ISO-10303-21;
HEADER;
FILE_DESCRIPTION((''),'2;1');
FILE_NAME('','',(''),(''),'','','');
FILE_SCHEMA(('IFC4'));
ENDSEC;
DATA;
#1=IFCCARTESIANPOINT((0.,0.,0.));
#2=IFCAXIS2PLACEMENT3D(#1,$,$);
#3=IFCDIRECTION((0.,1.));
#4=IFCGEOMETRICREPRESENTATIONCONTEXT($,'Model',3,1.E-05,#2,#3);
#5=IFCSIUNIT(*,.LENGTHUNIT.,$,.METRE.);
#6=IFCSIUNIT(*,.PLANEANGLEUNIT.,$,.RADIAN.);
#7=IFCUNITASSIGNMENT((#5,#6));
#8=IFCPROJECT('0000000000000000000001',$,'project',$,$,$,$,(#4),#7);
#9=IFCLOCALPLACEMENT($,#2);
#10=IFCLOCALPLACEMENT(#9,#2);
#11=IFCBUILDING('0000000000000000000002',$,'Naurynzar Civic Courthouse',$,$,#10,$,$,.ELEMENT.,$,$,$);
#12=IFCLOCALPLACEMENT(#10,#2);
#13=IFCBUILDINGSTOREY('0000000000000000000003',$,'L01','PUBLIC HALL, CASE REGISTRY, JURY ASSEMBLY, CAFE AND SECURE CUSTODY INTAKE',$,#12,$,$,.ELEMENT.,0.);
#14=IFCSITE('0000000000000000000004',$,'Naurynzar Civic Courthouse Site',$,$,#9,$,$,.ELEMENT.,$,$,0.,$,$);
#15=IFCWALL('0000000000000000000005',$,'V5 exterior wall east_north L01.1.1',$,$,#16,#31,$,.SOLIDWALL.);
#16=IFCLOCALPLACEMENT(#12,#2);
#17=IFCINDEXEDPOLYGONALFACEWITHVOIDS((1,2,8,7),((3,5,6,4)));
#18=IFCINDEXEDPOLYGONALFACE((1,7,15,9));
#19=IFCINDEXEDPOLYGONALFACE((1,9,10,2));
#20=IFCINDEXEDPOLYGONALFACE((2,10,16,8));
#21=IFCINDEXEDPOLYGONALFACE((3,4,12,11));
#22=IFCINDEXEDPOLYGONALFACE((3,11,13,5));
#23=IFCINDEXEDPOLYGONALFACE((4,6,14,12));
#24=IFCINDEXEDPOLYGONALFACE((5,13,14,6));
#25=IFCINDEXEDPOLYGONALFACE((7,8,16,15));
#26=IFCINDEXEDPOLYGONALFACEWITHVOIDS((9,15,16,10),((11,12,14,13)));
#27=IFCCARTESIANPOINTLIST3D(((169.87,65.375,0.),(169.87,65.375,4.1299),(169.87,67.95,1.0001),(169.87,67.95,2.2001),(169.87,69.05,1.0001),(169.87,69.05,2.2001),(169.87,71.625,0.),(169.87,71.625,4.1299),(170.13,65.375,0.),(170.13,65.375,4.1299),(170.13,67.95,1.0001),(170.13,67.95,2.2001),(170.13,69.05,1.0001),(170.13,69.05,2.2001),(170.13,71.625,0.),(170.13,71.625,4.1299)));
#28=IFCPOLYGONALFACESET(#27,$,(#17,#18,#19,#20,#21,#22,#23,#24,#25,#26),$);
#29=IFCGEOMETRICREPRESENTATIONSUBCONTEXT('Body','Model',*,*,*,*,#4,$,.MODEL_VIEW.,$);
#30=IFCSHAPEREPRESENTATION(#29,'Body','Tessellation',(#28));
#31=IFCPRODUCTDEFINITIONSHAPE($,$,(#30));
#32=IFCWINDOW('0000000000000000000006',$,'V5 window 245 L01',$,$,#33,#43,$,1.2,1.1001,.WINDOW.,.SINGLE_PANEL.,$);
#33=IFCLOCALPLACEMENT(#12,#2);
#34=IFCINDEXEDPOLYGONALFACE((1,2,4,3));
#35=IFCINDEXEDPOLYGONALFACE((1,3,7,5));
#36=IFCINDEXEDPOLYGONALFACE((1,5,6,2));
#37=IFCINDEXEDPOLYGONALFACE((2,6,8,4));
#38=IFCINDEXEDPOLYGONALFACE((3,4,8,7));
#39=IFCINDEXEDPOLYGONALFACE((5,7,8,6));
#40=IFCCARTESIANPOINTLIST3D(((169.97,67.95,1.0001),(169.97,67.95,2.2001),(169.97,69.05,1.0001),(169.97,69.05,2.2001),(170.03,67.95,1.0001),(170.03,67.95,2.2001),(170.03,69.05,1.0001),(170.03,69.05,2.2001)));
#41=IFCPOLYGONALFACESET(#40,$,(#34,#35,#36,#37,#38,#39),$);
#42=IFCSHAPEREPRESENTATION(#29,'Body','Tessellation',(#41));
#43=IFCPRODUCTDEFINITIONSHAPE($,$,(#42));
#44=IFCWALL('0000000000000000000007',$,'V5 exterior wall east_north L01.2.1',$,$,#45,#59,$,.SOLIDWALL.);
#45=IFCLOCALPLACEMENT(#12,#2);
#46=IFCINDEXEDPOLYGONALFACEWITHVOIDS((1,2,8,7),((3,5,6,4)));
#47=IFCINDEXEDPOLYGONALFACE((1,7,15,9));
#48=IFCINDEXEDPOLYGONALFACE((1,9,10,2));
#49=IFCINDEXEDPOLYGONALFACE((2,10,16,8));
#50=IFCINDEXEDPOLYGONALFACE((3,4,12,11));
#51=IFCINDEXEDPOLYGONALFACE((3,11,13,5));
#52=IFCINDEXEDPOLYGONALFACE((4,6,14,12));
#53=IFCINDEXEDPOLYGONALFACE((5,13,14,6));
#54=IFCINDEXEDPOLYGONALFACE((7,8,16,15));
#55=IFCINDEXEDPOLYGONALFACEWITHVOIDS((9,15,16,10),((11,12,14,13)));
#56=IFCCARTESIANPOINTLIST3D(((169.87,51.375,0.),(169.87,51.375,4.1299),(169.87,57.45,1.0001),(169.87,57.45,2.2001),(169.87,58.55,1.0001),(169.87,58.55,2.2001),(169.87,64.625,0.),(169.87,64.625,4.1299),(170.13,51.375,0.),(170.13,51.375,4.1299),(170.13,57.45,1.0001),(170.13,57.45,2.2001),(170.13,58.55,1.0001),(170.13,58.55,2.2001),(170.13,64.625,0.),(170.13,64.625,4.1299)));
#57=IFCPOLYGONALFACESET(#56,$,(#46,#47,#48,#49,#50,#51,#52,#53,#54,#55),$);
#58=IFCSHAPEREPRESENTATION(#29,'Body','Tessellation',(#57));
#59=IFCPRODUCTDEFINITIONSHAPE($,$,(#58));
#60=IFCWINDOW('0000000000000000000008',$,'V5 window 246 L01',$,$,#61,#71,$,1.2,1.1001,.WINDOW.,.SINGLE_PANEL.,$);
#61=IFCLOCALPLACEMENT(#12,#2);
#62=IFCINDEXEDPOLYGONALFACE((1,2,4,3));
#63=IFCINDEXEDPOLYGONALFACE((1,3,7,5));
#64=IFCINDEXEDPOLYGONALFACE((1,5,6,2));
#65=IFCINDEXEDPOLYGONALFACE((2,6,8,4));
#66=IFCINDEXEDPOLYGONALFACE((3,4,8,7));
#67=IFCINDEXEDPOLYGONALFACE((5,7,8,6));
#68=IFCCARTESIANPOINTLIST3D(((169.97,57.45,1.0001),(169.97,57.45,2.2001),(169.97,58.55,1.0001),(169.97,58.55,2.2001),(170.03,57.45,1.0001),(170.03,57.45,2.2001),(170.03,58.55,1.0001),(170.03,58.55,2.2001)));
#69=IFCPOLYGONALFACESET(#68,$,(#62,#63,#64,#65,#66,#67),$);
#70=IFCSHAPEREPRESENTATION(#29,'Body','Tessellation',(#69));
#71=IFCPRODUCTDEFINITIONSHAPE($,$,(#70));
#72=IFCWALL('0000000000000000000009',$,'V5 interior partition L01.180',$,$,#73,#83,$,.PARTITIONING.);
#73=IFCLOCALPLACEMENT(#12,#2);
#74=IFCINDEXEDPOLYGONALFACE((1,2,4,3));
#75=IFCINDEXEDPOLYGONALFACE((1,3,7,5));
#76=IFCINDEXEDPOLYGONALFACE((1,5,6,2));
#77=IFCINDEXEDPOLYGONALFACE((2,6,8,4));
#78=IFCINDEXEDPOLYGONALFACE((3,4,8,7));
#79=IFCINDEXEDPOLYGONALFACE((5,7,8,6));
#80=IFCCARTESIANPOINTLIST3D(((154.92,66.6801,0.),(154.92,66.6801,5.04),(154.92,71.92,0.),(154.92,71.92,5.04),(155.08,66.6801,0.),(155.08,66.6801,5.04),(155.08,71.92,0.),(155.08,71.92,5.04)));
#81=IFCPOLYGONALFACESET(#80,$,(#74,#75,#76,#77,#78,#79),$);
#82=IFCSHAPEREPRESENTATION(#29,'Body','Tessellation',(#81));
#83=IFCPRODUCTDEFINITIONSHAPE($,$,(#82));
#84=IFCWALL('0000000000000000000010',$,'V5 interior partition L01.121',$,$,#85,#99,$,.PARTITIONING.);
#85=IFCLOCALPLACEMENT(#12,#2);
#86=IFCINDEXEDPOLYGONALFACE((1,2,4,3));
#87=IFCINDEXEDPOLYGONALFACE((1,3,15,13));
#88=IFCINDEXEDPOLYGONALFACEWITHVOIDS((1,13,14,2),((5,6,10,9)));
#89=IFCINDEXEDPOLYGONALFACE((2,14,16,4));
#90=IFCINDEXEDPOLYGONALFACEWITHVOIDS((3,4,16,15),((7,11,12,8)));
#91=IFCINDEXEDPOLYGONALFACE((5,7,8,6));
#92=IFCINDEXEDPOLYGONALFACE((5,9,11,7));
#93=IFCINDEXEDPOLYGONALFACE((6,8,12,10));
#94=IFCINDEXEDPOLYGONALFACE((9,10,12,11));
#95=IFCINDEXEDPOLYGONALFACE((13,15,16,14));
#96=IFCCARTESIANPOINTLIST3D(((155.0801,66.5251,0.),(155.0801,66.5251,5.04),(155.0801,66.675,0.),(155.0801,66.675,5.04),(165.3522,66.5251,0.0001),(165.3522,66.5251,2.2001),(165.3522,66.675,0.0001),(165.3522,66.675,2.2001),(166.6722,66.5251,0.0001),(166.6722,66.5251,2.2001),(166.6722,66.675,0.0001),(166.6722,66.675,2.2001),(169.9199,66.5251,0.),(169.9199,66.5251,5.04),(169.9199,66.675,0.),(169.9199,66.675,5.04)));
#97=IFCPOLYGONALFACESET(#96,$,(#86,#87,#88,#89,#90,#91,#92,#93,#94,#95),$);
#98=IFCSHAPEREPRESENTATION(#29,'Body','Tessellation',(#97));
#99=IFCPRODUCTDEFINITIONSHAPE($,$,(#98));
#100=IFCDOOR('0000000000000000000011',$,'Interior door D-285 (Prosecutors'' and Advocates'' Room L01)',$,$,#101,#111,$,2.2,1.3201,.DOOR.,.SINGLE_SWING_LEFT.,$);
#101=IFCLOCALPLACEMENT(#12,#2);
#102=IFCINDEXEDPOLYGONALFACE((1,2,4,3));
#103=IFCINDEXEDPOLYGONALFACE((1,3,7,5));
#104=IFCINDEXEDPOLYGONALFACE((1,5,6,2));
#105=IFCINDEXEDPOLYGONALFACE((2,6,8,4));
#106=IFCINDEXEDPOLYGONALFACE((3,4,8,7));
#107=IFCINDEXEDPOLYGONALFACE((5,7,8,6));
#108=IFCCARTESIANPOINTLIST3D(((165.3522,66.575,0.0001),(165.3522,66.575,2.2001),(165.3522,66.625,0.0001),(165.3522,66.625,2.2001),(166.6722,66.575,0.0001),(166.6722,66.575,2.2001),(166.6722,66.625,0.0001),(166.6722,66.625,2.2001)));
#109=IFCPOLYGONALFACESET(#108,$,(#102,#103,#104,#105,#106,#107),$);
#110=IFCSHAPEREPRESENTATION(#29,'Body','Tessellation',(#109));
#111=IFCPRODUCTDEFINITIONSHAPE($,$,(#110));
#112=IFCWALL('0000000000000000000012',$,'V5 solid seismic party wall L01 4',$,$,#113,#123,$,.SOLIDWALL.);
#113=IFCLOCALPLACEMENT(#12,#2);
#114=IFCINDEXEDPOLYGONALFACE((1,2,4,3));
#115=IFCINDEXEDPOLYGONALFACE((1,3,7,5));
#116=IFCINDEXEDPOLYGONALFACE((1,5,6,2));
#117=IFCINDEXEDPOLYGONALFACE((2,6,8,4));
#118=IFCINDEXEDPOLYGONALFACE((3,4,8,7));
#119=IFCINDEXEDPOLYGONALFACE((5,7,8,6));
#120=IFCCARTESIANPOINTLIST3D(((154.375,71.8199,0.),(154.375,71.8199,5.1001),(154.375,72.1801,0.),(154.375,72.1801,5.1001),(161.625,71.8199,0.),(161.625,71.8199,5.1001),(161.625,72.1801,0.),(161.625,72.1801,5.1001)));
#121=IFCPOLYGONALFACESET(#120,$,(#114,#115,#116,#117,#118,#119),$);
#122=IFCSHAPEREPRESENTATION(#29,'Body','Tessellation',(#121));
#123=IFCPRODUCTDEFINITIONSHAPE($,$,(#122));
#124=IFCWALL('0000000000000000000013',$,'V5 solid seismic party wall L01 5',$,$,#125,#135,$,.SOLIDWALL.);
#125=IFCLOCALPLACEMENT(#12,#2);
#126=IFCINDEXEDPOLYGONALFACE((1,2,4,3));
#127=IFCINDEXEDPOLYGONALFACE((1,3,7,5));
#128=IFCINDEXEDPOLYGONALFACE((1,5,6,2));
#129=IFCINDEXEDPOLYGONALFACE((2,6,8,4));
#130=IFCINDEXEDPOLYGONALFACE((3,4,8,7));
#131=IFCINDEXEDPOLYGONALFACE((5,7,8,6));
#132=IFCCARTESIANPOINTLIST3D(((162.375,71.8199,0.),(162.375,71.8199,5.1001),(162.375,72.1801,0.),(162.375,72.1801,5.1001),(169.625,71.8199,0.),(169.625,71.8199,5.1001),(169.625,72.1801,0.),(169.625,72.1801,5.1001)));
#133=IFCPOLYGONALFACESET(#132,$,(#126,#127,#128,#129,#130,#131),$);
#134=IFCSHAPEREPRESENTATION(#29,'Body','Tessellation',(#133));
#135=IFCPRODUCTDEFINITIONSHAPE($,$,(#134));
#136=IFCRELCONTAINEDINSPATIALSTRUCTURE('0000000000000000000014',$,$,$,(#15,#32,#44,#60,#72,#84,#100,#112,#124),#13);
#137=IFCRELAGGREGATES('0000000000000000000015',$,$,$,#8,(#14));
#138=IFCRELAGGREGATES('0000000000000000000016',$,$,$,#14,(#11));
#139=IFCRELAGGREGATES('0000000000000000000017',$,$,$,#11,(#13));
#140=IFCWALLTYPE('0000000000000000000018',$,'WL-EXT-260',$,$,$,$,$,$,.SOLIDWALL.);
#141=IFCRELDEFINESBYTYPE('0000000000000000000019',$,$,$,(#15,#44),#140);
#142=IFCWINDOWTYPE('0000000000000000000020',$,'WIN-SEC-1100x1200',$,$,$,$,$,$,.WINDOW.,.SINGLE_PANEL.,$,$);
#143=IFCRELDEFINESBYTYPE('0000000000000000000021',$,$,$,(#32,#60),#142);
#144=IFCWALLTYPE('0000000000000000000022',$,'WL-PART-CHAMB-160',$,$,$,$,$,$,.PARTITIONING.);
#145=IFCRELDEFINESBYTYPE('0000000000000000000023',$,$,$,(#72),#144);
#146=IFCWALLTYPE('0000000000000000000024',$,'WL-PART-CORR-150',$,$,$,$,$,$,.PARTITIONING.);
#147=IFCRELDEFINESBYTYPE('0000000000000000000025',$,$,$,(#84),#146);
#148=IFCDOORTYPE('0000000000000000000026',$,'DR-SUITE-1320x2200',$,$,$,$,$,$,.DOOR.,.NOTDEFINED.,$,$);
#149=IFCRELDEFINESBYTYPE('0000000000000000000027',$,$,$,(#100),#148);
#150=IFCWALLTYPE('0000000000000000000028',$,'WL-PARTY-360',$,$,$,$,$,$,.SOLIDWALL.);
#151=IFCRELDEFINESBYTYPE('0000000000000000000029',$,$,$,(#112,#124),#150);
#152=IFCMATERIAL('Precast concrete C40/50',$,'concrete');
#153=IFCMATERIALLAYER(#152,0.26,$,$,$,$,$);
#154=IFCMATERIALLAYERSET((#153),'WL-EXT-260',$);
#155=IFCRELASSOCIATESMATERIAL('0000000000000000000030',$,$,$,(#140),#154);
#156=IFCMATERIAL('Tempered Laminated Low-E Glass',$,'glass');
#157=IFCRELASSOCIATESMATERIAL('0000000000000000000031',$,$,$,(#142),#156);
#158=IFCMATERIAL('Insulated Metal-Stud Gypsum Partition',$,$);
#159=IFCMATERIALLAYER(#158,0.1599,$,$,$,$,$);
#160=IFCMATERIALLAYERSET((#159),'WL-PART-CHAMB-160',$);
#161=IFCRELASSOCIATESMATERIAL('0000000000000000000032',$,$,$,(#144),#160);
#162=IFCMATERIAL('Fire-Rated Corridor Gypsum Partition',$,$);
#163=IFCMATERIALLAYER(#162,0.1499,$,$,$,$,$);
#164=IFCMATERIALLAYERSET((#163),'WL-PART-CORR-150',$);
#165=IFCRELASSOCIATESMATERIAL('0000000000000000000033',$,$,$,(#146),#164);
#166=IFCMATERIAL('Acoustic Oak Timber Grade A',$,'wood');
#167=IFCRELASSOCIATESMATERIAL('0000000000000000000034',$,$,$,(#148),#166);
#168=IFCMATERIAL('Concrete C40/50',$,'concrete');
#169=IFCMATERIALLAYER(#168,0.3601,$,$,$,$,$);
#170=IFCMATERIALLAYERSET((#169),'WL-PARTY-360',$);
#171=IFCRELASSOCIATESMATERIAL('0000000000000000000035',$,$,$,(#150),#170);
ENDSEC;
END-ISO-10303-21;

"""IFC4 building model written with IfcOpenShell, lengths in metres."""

from ifc_helpers import new_model, si_unit, direction, frame, frame_2d, origin, place, context, subcontext, project, spatial, rectangle, extrude, material, layer, layer_set, type_object, element, fill, save


model = new_model("IFC4")

# Units and contexts
model_context = context("Model", 3, precision=1e-05, world=origin(), true_north=direction((0.0, 1.0)))
body_context = subcontext(model_context, "Body", "Model", "MODEL_VIEW")
ifc_project = project(units=[si_unit("LENGTHUNIT", "METRE"), si_unit("PLANEANGLEUNIT", "RADIAN")], contexts=[model_context])

# Site, building, storey
site_placement = place(None, origin())
site = spatial("IfcSite", under=ifc_project, at=site_placement, Name="Naurynzar Civic Courthouse Site", CompositionType="ELEMENT", RefElevation=0.0)
building_placement = place(site_placement, origin())
building = spatial("IfcBuilding", under=site, at=building_placement, Name="Naurynzar Civic Courthouse", CompositionType="ELEMENT")
storey_placement = place(building_placement, origin())
storey = spatial("IfcBuildingStorey", under=building, at=storey_placement, Name="L01", Description="PUBLIC HALL, CASE REGISTRY, JURY ASSEMBLY, CAFE AND SECURE CUSTODY INTAKE", CompositionType="ELEMENT", Elevation=0.0)

# Walls, openings, windows
ifc_material_1 = material(Name="Precast concrete C40/50", Category="concrete")
ifc_layer_1 = layer(ifc_material_1, 0.26)
ifc_layer_set_1 = layer_set([ifc_layer_1], Name="WL-EXT-260")
wall_type_1 = type_object("IfcWallType", Name="WL-EXT-260", PredefinedType="SOLIDWALL", material=ifc_layer_set_1)
wall_1_placement = place(storey_placement, frame((170.0, 71.625, 0.0), z_axis=(0.0, 0.0, 1.0), x_axis=(0.0, -1.0, 0.0)))
wall_1 = element("IfcWall", 1, at=wall_1_placement, inside=storey, type_object=wall_type_1, Name="V5 exterior wall east_north L01.1.1", PredefinedType="SOLIDWALL", context=body_context, shape_type="SweptSolid", body=[
    extrude(rectangle(XDim=6.25, YDim=0.26, at=frame_2d((3.125, 0.0))), origin(), (0.0, 0.0, 1.0), 4.1299),
])
opening_1_placement = place(wall_1_placement, frame((2.575, 0.0, 1.0)))
opening_1 = element("IfcOpeningElement", 2, at=opening_1_placement, cuts=wall_1, PredefinedType="OPENING", context=body_context, shape_type="SweptSolid", body=[
    extrude(rectangle(XDim=1.1001, YDim=1.2, at=frame_2d((0.55, 0.6001))), frame((0.0, 0.1399, 0.0), z_axis=(0.0, -1.0, 0.0), x_axis=(1.0, 0.0, 0.0)), (0.0, 0.0, 1.0), 0.28),
])
ifc_material_2 = material(Name="Tempered Laminated Low-E Glass", Category="glass")
window_type = type_object("IfcWindowType", Name="WIN-SEC-1100x1200", PartitioningType="SINGLE_PANEL", PredefinedType="WINDOW", material=ifc_material_2)
window_1_placement = place(opening_1_placement, origin())
window_1 = element("IfcWindow", 3, at=window_1_placement, inside=storey, type_object=window_type, Name="V5 window 245 L01", OverallHeight=1.2, OverallWidth=1.1001, PartitioningType="SINGLE_PANEL", PredefinedType="WINDOW", context=body_context, shape_type="SweptSolid", body=[
    extrude(rectangle(XDim=1.1001, YDim=1.2, at=frame_2d((0.55, 0.6001))), frame((0.0, 0.03, 0.0), z_axis=(0.0, -1.0, 0.0), x_axis=(1.0, 0.0, 0.0)), (0.0, 0.0, 1.0), 0.0601),
])
fill(opening_1, window_1)
wall_2_placement = place(storey_placement, frame((170.0, 64.625, 0.0), z_axis=(0.0, 0.0, 1.0), x_axis=(0.0, -1.0, 0.0)))
wall_2 = element("IfcWall", 4, at=wall_2_placement, inside=storey, type_object=wall_type_1, Name="V5 exterior wall east_north L01.2.1", PredefinedType="SOLIDWALL", context=body_context, shape_type="SweptSolid", body=[
    extrude(rectangle(XDim=13.25, YDim=0.26, at=frame_2d((6.625, 0.0))), origin(), (0.0, 0.0, 1.0), 4.1299),
])
opening_2_placement = place(wall_2_placement, frame((6.075, 0.0, 1.0)))
opening_2 = element("IfcOpeningElement", 5, at=opening_2_placement, cuts=wall_2, PredefinedType="OPENING", context=body_context, shape_type="SweptSolid", body=[
    extrude(rectangle(XDim=1.1001, YDim=1.2, at=frame_2d((0.55, 0.6001))), frame((0.0, 0.1399, 0.0), z_axis=(0.0, -1.0, 0.0), x_axis=(1.0, 0.0, 0.0)), (0.0, 0.0, 1.0), 0.28),
])
window_2_placement = place(opening_2_placement, origin())
window_2 = element("IfcWindow", 6, at=window_2_placement, inside=storey, type_object=window_type, Name="V5 window 246 L01", OverallHeight=1.2, OverallWidth=1.1001, PartitioningType="SINGLE_PANEL", PredefinedType="WINDOW", context=body_context, shape_type="SweptSolid", body=[
    extrude(rectangle(XDim=1.1001, YDim=1.2, at=frame_2d((0.55, 0.6001))), frame((0.0, 0.03, 0.0), z_axis=(0.0, -1.0, 0.0), x_axis=(1.0, 0.0, 0.0)), (0.0, 0.0, 1.0), 0.0601),
])
fill(opening_2, window_2)

# Wall
ifc_material_3 = material(Name="Insulated Metal-Stud Gypsum Partition")
ifc_layer_2 = layer(ifc_material_3, 0.1599)
ifc_layer_set_2 = layer_set([ifc_layer_2], Name="WL-PART-CHAMB-160")
wall_type_2 = type_object("IfcWallType", Name="WL-PART-CHAMB-160", PredefinedType="PARTITIONING", material=ifc_layer_set_2)
wall_3_placement = place(storey_placement, frame((155.0, 66.6799, 0.0), z_axis=(0.0, 0.0, 1.0), x_axis=(0.0, 1.0, 0.0)))
element("IfcWall", 7, at=wall_3_placement, inside=storey, type_object=wall_type_2, Name="V5 interior partition L01.180", PredefinedType="PARTITIONING", context=body_context, shape_type="SweptSolid", body=[
    extrude(rectangle(XDim=5.24, YDim=0.1599, at=frame_2d((2.6201, 0.0))), origin(), (0.0, 0.0, 1.0), 5.04),
])

# Wall, opening, door
ifc_material_4 = material(Name="Fire-Rated Corridor Gypsum Partition")
ifc_layer_3 = layer(ifc_material_4, 0.1499)
ifc_layer_set_3 = layer_set([ifc_layer_3], Name="WL-PART-CORR-150")
wall_type_3 = type_object("IfcWallType", Name="WL-PART-CORR-150", PredefinedType="PARTITIONING", material=ifc_layer_set_3)
wall_4_placement = place(storey_placement, frame((155.0801, 66.6001, 0.0), z_axis=(0.0, 0.0, 1.0), x_axis=(1.0, 0.0, 0.0)))
wall_4 = element("IfcWall", 8, at=wall_4_placement, inside=storey, type_object=wall_type_3, Name="V5 interior partition L01.121", PredefinedType="PARTITIONING", context=body_context, shape_type="SweptSolid", body=[
    extrude(rectangle(XDim=14.8398, YDim=0.1499, at=frame_2d((7.4199, 0.0))), origin(), (0.0, 0.0, 1.0), 5.04),
])
opening_3_placement = place(wall_4_placement, frame((10.272, 0.0, 0.0)))
opening_3 = element("IfcOpeningElement", 9, at=opening_3_placement, cuts=wall_4, PredefinedType="OPENING", context=body_context, shape_type="SweptSolid", body=[
    extrude(rectangle(XDim=1.3201, YDim=2.2, at=frame_2d((0.6602, 1.1001))), frame((0.0, 0.085, 0.0), z_axis=(0.0, -1.0, 0.0), x_axis=(1.0, 0.0, 0.0)), (0.0, 0.0, 1.0), 0.1699),
])
ifc_material_5 = material(Name="Acoustic Oak Timber Grade A", Category="wood")
door_type = type_object("IfcDoorType", Name="DR-SUITE-1320x2200", OperationType="NOTDEFINED", PredefinedType="DOOR", material=ifc_material_5)
door_placement = place(opening_3_placement, origin())
door = element("IfcDoor", 10, at=door_placement, inside=storey, type_object=door_type, Name="Interior door D-285 (Prosecutors' and Advocates' Room L01)", OperationType="SINGLE_SWING_LEFT", OverallHeight=2.2, OverallWidth=1.3201, PredefinedType="DOOR", context=body_context, shape_type="SweptSolid", body=[
    extrude(rectangle(XDim=1.3201, YDim=2.2, at=frame_2d((0.6602, 1.1001))), frame((0.0, 0.0249, 0.0), z_axis=(0.0, -1.0, 0.0), x_axis=(1.0, 0.0, 0.0)), (0.0, 0.0, 1.0), 0.05),
])
fill(opening_3, door)

# Walls
ifc_material_6 = material(Name="Concrete C40/50", Category="concrete")
ifc_layer_4 = layer(ifc_material_6, 0.3601)
ifc_layer_set_4 = layer_set([ifc_layer_4], Name="WL-PARTY-360")
wall_type_4 = type_object("IfcWallType", Name="WL-PARTY-360", PredefinedType="SOLIDWALL", material=ifc_layer_set_4)
for number, where, z_axis, x_axis, name in (
    (11, (154.375, 72.0, 0.0), (0.0, 0.0, 1.0), (1.0, 0.0, 0.0), "V5 solid seismic party wall L01 4"),
    (12, (162.375, 72.0, 0.0), (0.0, 0.0, 1.0), (1.0, 0.0, 0.0), "V5 solid seismic party wall L01 5"),
):
    element("IfcWall", number, at=place(storey_placement, frame(where, z_axis=z_axis, x_axis=x_axis)), inside=storey, type_object=wall_type_4, Name=name, PredefinedType="SOLIDWALL", context=body_context, shape_type="SweptSolid", body=[
        extrude(rectangle(XDim=7.25, YDim=0.3601, at=frame_2d((3.625, 0.0))), origin(), (0.0, 0.0, 1.0), 5.1001),
    ])

save(model, "model.ifc")
